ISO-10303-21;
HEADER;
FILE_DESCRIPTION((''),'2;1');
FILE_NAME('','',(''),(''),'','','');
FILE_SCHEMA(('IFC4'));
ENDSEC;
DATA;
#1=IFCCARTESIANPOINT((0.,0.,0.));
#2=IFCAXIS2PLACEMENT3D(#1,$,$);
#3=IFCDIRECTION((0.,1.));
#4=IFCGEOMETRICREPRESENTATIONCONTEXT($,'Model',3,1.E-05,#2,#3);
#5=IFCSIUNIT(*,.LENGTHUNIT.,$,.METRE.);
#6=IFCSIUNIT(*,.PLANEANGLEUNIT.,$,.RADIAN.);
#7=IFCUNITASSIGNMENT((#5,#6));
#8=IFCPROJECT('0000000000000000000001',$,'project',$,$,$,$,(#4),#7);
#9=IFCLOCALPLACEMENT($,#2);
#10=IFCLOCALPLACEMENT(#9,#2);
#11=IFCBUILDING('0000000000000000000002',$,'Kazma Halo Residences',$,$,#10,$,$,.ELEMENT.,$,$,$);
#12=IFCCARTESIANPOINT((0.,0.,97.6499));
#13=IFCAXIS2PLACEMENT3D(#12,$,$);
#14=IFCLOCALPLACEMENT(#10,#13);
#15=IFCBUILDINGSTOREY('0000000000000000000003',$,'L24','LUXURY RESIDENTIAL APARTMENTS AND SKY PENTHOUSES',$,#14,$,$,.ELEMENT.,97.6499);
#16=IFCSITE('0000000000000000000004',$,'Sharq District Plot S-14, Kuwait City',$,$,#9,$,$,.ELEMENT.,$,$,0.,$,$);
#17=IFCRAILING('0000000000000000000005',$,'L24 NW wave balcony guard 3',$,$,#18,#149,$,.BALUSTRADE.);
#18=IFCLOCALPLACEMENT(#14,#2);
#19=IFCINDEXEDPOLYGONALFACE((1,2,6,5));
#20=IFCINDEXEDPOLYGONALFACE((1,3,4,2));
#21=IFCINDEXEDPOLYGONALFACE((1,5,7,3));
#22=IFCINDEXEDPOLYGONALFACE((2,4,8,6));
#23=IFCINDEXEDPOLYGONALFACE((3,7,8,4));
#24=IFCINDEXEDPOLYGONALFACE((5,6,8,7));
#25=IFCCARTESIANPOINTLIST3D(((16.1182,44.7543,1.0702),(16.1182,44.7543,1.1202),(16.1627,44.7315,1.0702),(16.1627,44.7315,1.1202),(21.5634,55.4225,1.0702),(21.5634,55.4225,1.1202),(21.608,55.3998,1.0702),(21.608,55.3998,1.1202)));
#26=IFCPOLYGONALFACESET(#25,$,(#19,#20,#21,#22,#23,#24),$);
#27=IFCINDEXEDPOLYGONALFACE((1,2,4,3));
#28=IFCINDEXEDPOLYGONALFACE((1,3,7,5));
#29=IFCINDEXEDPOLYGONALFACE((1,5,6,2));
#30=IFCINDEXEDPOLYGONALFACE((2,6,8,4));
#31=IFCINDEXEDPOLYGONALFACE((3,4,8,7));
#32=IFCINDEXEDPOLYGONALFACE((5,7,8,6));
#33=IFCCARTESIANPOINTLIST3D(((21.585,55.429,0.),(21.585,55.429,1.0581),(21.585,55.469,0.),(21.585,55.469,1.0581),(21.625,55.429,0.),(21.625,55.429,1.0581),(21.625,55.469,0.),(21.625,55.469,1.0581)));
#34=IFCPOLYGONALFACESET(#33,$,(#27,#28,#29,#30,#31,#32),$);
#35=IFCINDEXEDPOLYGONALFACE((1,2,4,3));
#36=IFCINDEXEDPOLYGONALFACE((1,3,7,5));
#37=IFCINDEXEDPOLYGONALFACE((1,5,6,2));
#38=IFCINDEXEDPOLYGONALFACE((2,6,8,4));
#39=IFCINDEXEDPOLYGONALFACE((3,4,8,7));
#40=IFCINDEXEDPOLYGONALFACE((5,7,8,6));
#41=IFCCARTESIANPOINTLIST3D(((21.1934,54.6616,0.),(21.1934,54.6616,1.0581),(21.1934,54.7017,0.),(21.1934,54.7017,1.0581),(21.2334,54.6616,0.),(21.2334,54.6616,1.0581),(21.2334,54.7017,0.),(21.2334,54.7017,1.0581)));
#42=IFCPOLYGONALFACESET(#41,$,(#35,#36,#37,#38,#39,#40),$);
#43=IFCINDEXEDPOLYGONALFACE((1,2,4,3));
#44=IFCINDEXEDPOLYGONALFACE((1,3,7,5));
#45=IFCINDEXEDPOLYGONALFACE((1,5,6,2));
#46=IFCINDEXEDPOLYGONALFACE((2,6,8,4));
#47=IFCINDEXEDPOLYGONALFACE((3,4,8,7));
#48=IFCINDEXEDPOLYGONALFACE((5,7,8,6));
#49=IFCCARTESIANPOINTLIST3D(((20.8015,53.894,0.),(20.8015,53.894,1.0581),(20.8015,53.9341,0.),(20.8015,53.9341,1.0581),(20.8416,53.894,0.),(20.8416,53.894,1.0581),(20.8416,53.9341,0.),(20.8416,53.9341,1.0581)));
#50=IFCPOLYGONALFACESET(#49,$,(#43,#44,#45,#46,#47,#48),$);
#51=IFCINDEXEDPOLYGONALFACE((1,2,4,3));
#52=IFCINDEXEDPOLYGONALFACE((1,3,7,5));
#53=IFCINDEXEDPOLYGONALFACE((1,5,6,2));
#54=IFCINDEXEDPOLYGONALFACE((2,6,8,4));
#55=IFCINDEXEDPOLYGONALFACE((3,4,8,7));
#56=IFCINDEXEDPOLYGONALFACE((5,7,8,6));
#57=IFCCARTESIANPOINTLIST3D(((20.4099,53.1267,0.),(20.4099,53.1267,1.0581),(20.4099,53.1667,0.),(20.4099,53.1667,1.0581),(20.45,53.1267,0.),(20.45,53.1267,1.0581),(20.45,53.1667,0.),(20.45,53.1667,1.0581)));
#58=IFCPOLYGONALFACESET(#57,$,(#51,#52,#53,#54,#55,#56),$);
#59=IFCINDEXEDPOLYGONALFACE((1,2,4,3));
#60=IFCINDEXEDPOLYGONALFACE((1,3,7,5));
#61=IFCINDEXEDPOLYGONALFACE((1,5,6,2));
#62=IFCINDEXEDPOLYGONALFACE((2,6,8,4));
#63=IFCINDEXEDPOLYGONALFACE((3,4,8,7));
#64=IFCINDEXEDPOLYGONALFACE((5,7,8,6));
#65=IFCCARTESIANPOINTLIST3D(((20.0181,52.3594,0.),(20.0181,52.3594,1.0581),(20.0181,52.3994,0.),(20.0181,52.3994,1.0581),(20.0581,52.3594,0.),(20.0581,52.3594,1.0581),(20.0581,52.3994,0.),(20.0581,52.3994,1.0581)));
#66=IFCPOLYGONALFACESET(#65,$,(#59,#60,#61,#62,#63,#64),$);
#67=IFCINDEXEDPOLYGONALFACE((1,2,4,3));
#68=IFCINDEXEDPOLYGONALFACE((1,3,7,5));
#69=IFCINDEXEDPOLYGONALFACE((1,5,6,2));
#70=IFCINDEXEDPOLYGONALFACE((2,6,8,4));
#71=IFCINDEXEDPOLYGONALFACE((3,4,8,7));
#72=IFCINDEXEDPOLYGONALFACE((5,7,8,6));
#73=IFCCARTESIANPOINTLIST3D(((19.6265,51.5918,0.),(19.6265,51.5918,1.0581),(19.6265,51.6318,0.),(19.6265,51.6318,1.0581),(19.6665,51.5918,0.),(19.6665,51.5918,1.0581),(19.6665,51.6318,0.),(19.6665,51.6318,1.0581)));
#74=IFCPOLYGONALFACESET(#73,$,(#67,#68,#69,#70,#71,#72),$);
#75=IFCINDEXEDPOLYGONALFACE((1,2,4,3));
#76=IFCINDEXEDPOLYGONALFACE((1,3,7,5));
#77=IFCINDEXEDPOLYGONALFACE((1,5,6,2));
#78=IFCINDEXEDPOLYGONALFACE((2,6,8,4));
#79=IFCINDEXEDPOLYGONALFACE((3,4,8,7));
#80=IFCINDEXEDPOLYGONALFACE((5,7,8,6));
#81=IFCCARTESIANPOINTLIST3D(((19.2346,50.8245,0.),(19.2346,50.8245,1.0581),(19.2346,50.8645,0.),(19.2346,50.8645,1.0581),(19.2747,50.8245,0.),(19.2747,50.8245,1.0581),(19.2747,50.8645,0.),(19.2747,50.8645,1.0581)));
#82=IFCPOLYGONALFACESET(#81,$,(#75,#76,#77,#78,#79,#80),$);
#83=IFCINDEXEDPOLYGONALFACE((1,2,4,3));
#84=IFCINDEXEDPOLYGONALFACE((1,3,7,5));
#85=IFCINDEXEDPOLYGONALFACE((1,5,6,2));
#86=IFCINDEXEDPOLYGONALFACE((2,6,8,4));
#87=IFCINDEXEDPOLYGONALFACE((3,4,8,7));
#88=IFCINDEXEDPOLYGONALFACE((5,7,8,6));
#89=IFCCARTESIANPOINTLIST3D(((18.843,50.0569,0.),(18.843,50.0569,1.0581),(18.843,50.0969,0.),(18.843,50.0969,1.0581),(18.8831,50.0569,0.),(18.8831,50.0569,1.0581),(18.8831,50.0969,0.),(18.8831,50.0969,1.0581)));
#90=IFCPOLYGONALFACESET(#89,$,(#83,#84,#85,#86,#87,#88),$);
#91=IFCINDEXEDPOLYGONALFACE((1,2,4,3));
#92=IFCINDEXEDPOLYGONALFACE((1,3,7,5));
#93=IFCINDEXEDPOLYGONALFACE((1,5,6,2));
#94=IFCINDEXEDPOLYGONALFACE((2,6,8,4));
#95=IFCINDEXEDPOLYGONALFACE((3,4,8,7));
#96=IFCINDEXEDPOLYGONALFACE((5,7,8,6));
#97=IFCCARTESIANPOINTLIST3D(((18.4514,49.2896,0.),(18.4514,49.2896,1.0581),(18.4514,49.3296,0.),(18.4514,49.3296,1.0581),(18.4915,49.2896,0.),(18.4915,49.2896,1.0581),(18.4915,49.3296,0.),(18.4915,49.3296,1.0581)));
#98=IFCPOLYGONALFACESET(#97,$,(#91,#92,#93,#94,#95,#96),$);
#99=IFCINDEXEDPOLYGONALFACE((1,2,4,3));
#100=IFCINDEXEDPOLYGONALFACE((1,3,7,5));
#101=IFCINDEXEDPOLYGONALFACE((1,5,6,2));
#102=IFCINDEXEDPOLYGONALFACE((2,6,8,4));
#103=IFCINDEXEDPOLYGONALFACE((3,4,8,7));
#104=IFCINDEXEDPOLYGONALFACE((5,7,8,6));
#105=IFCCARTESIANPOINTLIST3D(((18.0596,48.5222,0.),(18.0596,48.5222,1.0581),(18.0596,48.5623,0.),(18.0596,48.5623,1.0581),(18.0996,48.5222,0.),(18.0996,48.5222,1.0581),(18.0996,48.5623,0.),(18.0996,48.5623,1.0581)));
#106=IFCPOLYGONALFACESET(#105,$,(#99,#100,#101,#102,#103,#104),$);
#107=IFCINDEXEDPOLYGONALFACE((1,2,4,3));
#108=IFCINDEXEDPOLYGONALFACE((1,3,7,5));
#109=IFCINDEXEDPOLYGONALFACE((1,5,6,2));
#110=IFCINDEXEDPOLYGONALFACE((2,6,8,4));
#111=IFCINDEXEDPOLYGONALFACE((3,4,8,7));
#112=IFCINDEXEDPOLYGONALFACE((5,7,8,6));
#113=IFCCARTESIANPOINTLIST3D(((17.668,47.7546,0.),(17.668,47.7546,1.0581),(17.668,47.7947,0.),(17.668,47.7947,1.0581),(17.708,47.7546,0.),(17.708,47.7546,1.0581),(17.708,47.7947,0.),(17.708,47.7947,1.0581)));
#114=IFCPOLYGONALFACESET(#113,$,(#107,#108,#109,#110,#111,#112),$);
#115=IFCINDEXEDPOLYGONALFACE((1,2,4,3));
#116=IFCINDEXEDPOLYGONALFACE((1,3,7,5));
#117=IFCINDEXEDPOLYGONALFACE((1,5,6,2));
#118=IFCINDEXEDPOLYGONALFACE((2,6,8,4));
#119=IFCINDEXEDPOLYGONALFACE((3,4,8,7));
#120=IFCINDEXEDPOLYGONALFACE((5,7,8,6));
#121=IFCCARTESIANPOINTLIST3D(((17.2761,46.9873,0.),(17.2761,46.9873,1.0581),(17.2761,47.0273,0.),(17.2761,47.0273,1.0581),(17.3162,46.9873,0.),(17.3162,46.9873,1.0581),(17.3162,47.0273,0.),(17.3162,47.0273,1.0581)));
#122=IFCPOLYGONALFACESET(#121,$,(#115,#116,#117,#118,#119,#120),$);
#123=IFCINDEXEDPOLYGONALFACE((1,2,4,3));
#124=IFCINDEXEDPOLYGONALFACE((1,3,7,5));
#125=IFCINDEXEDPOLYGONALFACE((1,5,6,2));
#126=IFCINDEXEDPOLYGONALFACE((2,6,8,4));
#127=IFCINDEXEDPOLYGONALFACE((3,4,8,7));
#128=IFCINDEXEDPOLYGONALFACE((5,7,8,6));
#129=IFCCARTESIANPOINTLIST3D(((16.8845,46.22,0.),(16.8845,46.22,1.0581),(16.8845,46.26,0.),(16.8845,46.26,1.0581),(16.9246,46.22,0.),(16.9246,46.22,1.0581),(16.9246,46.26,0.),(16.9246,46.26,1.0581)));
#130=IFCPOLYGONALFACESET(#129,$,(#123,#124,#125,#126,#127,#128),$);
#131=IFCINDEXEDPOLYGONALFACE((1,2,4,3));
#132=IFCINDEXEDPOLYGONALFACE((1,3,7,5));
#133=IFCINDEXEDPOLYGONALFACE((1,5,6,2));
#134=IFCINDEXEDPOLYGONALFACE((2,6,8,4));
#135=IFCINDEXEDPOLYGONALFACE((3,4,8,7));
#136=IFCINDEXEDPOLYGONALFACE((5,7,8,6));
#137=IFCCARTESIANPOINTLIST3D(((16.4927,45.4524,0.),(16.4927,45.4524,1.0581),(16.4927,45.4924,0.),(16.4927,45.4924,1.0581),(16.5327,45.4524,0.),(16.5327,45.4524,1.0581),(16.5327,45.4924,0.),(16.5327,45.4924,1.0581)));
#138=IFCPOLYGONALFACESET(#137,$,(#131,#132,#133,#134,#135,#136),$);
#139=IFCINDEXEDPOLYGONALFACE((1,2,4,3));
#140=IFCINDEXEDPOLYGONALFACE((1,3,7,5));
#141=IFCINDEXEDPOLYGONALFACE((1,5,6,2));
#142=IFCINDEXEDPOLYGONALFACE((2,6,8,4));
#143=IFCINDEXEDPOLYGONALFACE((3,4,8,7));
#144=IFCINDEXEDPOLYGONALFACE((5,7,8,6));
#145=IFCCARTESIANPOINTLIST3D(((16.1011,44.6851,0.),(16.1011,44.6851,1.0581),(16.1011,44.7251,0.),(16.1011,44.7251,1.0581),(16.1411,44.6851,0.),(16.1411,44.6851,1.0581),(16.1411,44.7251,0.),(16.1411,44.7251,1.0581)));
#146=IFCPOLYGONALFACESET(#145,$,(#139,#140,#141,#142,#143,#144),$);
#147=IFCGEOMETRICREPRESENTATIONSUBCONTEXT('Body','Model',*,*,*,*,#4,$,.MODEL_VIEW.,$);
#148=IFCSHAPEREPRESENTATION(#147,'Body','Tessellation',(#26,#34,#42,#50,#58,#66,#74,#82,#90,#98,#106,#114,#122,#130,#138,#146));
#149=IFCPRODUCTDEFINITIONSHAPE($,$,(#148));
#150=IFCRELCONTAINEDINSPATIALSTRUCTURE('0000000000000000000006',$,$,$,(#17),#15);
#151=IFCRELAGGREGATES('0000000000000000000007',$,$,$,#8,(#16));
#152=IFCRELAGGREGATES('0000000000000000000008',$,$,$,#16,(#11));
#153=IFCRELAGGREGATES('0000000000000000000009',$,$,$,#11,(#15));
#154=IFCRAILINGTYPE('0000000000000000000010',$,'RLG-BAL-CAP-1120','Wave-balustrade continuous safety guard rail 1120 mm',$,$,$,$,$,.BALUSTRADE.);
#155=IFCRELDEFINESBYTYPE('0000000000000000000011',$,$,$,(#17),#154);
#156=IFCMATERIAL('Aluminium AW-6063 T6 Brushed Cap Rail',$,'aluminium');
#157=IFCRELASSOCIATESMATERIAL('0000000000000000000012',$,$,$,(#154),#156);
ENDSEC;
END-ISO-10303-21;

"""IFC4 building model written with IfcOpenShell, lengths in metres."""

from ifc_helpers import new_model, si_unit, direction, frame, origin, origin_2d, place, context, subcontext, project, spatial, rectangle, extrude, material, type_object, element, save


model = new_model("IFC4")

# Units and contexts
model_context = context("Model", 3, precision=1e-05, world=origin(), true_north=direction((0.0, 1.0)))
body_context = subcontext(model_context, "Body", "Model", "MODEL_VIEW")
ifc_project = project(units=[si_unit("LENGTHUNIT", "METRE"), si_unit("PLANEANGLEUNIT", "RADIAN")], contexts=[model_context])

# Site, building, storey
site_placement = place(None, origin())
site = spatial("IfcSite", under=ifc_project, at=site_placement, Name="Sharq District Plot S-14, Kuwait City", CompositionType="ELEMENT", RefElevation=0.0)
building_placement = place(site_placement, origin())
building = spatial("IfcBuilding", under=site, at=building_placement, Name="Kazma Halo Residences", CompositionType="ELEMENT")
storey_placement = place(building_placement, frame((0.0, 0.0, 97.6499)))
storey = spatial("IfcBuildingStorey", under=building, at=storey_placement, Name="L24", Description="LUXURY RESIDENTIAL APARTMENTS AND SKY PENTHOUSES", CompositionType="ELEMENT", Elevation=97.6499)

# Railing
ifc_material_1 = material(Name="Aluminium AW-6063 T6 Brushed Cap Rail", Category="aluminium")
railing_type = type_object("IfcRailingType", Name="RLG-BAL-CAP-1120", Description="Wave-balustrade continuous safety guard rail 1120 mm", PredefinedType="BALUSTRADE", material=ifc_material_1)
railing_1_placement = place(storey_placement, frame((21.605, 55.449, 0.0)))
element("IfcRailing", 1, at=railing_1_placement, inside=storey, type_object=railing_type, Name="L24 NW wave balcony guard 3", PredefinedType="BALUSTRADE", context=body_context, shape_type="SweptSolid", body=[
    extrude(rectangle(XDim=0.05, YDim=0.05, at=origin_2d()), frame((-0.0193, -0.0378, 1.0952), z_axis=(-0.454622, -0.890684, 0.0), x_axis=(0.890684, -0.454622, 0.0)), (0.0, 0.0, 1.0), 11.9775),
    extrude(rectangle(XDim=0.04, YDim=0.04, at=origin_2d()), origin(), (0.0, 0.0, 1.0), 1.0581),
    extrude(rectangle(XDim=0.04, YDim=0.04, at=origin_2d()), frame((-0.3916, -0.7673, 0.0)), (0.0, 0.0, 1.0), 1.0581),
    extrude(rectangle(XDim=0.04, YDim=0.04, at=origin_2d()), frame((-0.7834, -1.5349, 0.0)), (0.0, 0.0, 1.0), 1.0581),
    extrude(rectangle(XDim=0.04, YDim=0.04, at=origin_2d()), frame((-1.175, -2.3022, 0.0)), (0.0, 0.0, 1.0), 1.0581),
    extrude(rectangle(XDim=0.04, YDim=0.04, at=origin_2d()), frame((-1.5669, -3.0696, 0.0)), (0.0, 0.0, 1.0), 1.0581),
    extrude(rectangle(XDim=0.04, YDim=0.04, at=origin_2d()), frame((-1.9585, -3.8372, 0.0)), (0.0, 0.0, 1.0), 1.0581),
    extrude(rectangle(XDim=0.04, YDim=0.04, at=origin_2d()), frame((-2.3503, -4.6045, 0.0)), (0.0, 0.0, 1.0), 1.0581),
    extrude(rectangle(XDim=0.04, YDim=0.04, at=origin_2d()), frame((-2.7419, -5.3721, 0.0)), (0.0, 0.0, 1.0), 1.0581),
    extrude(rectangle(XDim=0.04, YDim=0.04, at=origin_2d()), frame((-3.1335, -6.1394, 0.0)), (0.0, 0.0, 1.0), 1.0581),
    extrude(rectangle(XDim=0.04, YDim=0.04, at=origin_2d()), frame((-3.5254, -6.9067, 0.0)), (0.0, 0.0, 1.0), 1.0581),
    extrude(rectangle(XDim=0.04, YDim=0.04, at=origin_2d()), frame((-3.917, -7.6743, 0.0)), (0.0, 0.0, 1.0), 1.0581),
    extrude(rectangle(XDim=0.04, YDim=0.04, at=origin_2d()), frame((-4.3088, -8.4417, 0.0)), (0.0, 0.0, 1.0), 1.0581),
    extrude(rectangle(XDim=0.04, YDim=0.04, at=origin_2d()), frame((-4.7004, -9.209, 0.0)), (0.0, 0.0, 1.0), 1.0581),
    extrude(rectangle(XDim=0.04, YDim=0.04, at=origin_2d()), frame((-5.0923, -9.9766, 0.0)), (0.0, 0.0, 1.0), 1.0581),
    extrude(rectangle(XDim=0.04, YDim=0.04, at=origin_2d()), frame((-5.4839, -10.7439, 0.0)), (0.0, 0.0, 1.0), 1.0581),
])

save(model, "model.ifc")
